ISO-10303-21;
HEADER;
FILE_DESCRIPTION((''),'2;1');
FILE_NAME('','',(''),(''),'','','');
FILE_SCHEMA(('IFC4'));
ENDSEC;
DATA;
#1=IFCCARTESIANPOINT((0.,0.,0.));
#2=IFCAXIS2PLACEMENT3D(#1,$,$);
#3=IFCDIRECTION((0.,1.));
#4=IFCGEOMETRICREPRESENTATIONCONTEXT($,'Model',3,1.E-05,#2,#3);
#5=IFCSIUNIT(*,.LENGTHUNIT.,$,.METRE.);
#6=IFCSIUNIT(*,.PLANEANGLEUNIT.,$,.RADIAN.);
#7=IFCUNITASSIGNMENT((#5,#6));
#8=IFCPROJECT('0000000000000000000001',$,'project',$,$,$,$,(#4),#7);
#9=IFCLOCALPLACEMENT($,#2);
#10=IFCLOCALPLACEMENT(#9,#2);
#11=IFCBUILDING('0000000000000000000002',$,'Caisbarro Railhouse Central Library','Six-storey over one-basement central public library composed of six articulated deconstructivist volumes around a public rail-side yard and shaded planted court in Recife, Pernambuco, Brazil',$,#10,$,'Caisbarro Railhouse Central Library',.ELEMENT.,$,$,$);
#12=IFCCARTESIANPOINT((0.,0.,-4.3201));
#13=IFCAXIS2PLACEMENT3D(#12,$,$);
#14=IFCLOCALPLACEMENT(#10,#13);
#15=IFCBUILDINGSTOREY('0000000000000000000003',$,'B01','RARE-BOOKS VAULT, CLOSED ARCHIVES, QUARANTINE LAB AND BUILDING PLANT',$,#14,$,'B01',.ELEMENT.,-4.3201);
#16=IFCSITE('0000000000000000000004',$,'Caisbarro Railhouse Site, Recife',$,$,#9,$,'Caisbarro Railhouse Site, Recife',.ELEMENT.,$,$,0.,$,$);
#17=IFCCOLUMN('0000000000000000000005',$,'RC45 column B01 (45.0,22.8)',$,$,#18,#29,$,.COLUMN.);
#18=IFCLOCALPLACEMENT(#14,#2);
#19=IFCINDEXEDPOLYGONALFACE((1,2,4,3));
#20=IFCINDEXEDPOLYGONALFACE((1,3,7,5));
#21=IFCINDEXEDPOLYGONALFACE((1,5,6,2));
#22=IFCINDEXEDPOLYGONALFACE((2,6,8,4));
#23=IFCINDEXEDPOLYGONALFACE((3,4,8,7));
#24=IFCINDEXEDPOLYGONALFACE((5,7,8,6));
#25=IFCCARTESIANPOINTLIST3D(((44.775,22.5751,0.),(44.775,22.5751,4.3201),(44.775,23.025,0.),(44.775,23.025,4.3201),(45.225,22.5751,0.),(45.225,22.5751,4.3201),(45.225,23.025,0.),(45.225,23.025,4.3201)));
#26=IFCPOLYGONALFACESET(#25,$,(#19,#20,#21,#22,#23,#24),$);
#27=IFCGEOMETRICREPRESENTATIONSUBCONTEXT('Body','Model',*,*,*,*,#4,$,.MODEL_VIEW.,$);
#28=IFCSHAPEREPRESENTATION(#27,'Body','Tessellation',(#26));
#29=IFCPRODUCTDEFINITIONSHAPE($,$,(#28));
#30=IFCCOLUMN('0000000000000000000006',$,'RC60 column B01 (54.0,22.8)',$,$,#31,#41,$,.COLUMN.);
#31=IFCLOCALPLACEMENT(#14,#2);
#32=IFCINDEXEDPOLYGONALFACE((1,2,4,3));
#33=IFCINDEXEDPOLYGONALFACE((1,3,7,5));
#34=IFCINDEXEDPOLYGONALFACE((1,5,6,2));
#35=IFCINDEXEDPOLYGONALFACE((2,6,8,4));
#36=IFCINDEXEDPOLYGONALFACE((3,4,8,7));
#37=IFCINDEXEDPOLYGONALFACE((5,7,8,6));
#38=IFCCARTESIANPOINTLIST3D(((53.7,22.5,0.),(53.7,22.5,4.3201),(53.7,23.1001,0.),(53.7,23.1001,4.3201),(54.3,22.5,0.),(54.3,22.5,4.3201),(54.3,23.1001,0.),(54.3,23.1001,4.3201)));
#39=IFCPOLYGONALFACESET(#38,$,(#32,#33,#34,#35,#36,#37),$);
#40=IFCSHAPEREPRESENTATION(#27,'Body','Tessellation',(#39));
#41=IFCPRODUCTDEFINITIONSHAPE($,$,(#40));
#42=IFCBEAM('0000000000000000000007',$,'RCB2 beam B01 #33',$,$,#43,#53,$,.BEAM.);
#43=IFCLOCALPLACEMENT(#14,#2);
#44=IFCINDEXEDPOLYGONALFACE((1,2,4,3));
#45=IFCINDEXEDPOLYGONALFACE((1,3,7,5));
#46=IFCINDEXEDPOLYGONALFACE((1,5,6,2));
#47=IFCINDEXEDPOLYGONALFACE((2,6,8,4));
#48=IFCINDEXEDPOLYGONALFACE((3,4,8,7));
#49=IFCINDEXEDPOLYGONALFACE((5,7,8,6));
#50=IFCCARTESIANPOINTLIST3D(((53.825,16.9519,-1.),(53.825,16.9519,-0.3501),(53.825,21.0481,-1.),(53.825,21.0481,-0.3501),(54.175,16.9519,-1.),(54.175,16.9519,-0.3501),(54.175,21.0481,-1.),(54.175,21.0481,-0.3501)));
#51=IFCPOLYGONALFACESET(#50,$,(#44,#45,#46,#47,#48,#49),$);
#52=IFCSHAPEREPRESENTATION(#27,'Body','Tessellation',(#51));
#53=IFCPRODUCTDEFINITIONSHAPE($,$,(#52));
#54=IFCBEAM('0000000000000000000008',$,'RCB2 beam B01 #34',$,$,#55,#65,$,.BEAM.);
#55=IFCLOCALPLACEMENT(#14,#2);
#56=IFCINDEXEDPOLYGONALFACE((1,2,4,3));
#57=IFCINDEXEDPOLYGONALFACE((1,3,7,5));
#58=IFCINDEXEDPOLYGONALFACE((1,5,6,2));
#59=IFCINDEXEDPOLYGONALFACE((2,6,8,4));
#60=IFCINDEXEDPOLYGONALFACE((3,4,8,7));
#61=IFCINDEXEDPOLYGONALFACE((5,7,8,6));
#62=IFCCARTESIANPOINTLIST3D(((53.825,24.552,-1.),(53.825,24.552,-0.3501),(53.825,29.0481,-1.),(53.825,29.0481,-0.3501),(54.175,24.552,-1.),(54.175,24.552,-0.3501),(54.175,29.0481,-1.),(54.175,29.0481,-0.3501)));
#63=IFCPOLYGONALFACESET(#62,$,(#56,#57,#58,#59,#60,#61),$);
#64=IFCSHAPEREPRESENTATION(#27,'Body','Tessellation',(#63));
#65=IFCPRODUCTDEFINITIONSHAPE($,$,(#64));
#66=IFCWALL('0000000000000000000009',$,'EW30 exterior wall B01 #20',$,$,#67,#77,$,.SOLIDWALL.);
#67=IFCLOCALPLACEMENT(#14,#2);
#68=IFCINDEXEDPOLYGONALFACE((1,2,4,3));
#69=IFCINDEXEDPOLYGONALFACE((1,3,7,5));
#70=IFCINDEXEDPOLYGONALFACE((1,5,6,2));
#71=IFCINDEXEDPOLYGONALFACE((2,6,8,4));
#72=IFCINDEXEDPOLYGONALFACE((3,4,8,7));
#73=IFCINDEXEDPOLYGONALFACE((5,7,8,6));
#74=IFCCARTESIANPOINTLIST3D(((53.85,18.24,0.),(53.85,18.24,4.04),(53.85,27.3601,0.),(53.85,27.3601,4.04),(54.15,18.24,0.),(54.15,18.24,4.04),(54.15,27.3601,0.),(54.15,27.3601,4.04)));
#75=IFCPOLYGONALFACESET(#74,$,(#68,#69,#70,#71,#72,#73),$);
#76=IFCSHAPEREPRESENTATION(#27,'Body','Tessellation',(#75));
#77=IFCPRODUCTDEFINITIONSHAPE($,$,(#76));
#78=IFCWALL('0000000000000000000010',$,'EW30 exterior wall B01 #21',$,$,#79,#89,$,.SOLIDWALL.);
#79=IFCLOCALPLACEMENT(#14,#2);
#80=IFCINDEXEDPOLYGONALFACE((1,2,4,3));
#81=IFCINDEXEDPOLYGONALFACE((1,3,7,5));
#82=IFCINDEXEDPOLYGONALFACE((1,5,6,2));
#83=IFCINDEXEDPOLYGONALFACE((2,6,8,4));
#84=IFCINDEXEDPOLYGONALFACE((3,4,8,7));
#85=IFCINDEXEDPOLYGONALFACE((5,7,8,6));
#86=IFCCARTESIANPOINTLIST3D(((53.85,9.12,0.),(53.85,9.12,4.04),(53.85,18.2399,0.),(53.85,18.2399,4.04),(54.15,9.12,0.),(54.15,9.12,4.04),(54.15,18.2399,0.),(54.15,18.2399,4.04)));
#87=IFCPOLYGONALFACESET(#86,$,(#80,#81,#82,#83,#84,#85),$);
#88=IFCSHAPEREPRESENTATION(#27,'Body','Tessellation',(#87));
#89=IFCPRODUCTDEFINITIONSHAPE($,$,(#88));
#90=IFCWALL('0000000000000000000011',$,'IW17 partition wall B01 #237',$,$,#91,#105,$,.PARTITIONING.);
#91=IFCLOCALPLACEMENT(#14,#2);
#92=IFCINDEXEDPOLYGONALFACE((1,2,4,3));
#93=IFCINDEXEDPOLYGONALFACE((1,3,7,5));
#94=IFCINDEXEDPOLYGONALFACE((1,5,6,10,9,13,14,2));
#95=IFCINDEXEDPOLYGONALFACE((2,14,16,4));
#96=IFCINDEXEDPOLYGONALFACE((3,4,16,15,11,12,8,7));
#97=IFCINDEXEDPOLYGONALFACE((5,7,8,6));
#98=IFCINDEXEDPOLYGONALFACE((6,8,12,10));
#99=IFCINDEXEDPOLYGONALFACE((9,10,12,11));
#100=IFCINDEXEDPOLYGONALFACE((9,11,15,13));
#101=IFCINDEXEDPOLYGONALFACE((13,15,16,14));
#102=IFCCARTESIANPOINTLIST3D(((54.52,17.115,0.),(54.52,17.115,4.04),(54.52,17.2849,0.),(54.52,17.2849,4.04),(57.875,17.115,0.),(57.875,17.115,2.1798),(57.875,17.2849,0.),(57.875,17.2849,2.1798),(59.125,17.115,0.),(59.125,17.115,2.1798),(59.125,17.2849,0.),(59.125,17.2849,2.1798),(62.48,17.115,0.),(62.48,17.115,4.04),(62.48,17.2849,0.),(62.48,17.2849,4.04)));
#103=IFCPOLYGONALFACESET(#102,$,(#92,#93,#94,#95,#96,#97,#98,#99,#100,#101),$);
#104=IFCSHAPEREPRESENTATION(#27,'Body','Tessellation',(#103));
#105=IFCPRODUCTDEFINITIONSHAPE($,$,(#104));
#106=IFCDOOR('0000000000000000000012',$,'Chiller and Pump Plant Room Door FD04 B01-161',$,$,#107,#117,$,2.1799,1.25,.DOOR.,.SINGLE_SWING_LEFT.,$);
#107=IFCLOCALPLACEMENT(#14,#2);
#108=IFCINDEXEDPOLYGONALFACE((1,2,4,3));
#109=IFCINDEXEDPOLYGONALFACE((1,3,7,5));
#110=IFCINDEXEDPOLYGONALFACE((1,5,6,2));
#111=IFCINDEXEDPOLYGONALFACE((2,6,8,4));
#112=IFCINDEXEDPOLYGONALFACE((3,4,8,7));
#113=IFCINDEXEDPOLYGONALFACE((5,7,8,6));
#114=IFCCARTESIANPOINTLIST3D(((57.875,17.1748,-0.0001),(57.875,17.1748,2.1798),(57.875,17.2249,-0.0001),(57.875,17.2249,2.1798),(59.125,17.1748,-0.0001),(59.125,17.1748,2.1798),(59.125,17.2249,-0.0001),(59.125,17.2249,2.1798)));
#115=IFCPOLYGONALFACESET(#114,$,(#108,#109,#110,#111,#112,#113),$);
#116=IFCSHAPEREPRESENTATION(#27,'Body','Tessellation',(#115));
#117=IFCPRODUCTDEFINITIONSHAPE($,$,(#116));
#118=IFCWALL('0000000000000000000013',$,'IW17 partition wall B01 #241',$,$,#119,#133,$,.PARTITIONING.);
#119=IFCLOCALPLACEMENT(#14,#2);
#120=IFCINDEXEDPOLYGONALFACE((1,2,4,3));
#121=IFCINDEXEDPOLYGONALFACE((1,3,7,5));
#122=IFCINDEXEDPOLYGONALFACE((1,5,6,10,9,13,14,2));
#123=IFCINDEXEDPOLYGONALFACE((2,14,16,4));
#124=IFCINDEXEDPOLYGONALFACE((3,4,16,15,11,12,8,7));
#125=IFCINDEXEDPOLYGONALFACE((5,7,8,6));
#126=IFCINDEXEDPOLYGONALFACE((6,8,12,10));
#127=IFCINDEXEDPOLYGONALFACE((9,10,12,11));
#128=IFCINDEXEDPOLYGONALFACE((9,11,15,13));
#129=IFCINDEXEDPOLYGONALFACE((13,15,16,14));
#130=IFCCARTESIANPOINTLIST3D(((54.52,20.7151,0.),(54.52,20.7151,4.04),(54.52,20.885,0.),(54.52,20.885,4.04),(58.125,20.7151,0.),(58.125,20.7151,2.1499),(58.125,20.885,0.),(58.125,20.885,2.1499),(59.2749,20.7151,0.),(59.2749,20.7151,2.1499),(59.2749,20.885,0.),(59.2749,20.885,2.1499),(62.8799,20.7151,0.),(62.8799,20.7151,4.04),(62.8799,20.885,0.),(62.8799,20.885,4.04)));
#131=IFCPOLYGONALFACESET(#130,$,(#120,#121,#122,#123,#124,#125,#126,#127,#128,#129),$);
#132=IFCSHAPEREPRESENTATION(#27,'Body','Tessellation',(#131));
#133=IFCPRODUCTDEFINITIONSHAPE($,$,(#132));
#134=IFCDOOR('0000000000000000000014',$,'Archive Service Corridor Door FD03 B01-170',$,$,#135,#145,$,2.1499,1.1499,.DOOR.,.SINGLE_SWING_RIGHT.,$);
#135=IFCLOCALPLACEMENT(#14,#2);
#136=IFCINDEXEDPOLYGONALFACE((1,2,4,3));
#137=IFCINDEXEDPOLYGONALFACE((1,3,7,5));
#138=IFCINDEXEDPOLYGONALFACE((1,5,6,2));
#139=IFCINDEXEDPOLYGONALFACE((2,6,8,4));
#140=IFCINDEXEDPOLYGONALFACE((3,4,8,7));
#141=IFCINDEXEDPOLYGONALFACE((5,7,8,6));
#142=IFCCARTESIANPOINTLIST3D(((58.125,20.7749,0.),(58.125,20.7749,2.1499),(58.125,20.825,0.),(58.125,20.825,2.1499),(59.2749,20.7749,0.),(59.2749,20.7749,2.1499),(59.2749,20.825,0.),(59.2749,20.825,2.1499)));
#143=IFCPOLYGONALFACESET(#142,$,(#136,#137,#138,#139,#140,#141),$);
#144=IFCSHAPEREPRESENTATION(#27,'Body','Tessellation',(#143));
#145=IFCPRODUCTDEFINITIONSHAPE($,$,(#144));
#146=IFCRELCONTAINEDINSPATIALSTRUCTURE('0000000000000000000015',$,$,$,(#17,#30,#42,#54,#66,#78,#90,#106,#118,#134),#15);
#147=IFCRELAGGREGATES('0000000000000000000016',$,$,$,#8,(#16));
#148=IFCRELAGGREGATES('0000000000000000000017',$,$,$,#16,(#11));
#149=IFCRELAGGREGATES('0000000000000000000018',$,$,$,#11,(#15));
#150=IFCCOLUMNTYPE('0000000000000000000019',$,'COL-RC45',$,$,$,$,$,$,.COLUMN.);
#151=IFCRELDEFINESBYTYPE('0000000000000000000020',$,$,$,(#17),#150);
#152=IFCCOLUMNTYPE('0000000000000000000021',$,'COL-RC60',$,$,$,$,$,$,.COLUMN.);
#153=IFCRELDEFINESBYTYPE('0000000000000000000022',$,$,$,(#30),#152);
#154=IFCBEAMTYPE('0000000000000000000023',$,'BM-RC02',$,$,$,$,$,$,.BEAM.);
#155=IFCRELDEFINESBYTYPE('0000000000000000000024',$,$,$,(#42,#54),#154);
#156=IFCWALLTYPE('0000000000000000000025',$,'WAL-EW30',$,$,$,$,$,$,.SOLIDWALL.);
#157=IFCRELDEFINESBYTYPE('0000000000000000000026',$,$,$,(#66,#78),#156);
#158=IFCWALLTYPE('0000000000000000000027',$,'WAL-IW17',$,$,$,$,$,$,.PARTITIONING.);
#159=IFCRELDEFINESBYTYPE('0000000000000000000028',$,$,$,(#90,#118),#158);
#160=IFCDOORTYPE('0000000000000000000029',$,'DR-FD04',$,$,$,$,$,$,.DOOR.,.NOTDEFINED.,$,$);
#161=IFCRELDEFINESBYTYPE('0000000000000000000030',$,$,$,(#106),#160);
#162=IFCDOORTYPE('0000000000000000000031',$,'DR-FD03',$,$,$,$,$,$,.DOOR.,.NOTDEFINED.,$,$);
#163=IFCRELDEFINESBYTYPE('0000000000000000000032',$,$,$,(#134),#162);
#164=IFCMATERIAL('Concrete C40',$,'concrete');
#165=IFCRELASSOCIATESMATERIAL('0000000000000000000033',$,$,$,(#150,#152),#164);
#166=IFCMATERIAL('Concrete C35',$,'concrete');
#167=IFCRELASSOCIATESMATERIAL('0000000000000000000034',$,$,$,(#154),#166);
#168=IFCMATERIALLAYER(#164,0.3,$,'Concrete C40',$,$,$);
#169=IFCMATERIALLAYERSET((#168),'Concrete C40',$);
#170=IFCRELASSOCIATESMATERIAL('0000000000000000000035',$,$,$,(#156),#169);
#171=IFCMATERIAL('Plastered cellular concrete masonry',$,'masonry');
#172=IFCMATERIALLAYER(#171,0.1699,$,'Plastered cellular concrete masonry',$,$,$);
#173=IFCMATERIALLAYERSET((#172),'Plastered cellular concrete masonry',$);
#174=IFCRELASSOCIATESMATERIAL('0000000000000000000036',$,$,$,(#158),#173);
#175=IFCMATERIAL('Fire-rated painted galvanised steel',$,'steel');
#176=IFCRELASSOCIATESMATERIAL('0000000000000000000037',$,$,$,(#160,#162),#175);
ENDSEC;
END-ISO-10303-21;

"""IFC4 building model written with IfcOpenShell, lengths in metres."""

from ifc_helpers import new_model, si_unit, direction, frame, frame_2d, origin, origin_2d, place, context, subcontext, project, spatial, rectangle, extrude, material, layer, layer_set, material_profile, profile_set, type_object, element, fill, save


model = new_model("IFC4")

# Units and contexts
model_context = context("Model", 3, precision=1e-05, world=origin(), true_north=direction((0.0, 1.0)))
body_context = subcontext(model_context, "Body", "Model", "MODEL_VIEW")
ifc_project = project(units=[si_unit("LENGTHUNIT", "METRE"), si_unit("PLANEANGLEUNIT", "RADIAN")], contexts=[model_context])

# Site, building, storey
site_placement = place(None, origin())
site = spatial("IfcSite", under=ifc_project, at=site_placement, Name="Caisbarro Railhouse Site, Recife", LongName="Caisbarro Railhouse Site, Recife", CompositionType="ELEMENT", RefElevation=0.0)
building_placement = place(site_placement, origin())
building = spatial("IfcBuilding", under=site, at=building_placement, Name="Caisbarro Railhouse Central Library", Description="Six-storey over one-basement central public library composed of six articulated deconstructivist volumes around a public rail-side yard and shaded planted court in Recife, Pernambuco, Brazil", LongName="Caisbarro Railhouse Central Library", CompositionType="ELEMENT")
storey_placement = place(building_placement, frame((0.0, 0.0, -4.3201)))
storey = spatial("IfcBuildingStorey", under=building, at=storey_placement, Name="B01", Description="RARE-BOOKS VAULT, CLOSED ARCHIVES, QUARANTINE LAB AND BUILDING PLANT", LongName="B01", CompositionType="ELEMENT", Elevation=-4.3201)

# Shared definitions
ifc_material_1 = material(Name="Concrete C35", Category="concrete")
ifc_material_2 = material(Name="Concrete C40", Category="concrete")

# Columns
ifc_material_profile_1 = material_profile(ifc_material_2, rectangle(XDim=0.45, YDim=0.45, at=origin_2d()), Name="RC-COL-450X450")
ifc_profile_set_1 = profile_set([ifc_material_profile_1], Name="Concrete C40")
column_type_1 = type_object("IfcColumnType", Name="COL-RC45", PredefinedType="COLUMN", material=ifc_profile_set_1)
column_1_placement = place(storey_placement, frame((45.0, 22.8, 0.0), z_axis=(0.0, 0.0, 1.0), x_axis=(1.0, 0.0, 0.0)))
element("IfcColumn", 1, at=column_1_placement, inside=storey, type_object=column_type_1, Name="RC45 column B01 (45.0,22.8)", PredefinedType="COLUMN", context=body_context, shape_type="SweptSolid", body=[
    extrude(rectangle(XDim=0.45, YDim=0.45, at=origin_2d()), origin(), (0.0, 0.0, 1.0), 4.3201),
])
ifc_material_profile_2 = material_profile(ifc_material_2, rectangle(XDim=0.6001, YDim=0.6001, at=origin_2d()), Name="RC-COL-600X600")
ifc_profile_set_2 = profile_set([ifc_material_profile_2], Name="Concrete C40")
column_type_2 = type_object("IfcColumnType", Name="COL-RC60", PredefinedType="COLUMN", material=ifc_profile_set_2)
column_2_placement = place(storey_placement, frame((54.0, 22.8, 0.0), z_axis=(0.0, 0.0, 1.0), x_axis=(1.0, 0.0, 0.0)))
element("IfcColumn", 2, at=column_2_placement, inside=storey, type_object=column_type_2, Name="RC60 column B01 (54.0,22.8)", PredefinedType="COLUMN", context=body_context, shape_type="SweptSolid", body=[
    extrude(rectangle(XDim=0.6001, YDim=0.6001, at=origin_2d()), origin(), (0.0, 0.0, 1.0), 4.3201),
])

# Beams
ifc_material_profile_3 = material_profile(ifc_material_1, rectangle(XDim=0.3501, YDim=0.6499, at=origin_2d()), Name="RC-BM-350X650")
ifc_profile_set_3 = profile_set([ifc_material_profile_3], Name="Concrete C35")
beam_type = type_object("IfcBeamType", Name="BM-RC02", PredefinedType="BEAM", material=ifc_profile_set_3)
beam_1_placement = place(storey_placement, frame((54.0, 16.9519, -0.675), z_axis=(0.0, 1.0, 0.0), x_axis=(-1.0, 0.0, 0.0)))
element("IfcBeam", 3, at=beam_1_placement, inside=storey, type_object=beam_type, Name="RCB2 beam B01 #33", PredefinedType="BEAM", context=body_context, shape_type="SweptSolid", body=[
    extrude(rectangle(XDim=0.3501, YDim=0.6499, at=origin_2d()), origin(), (0.0, 0.0, 1.0), 4.0962),
])
beam_2_placement = place(storey_placement, frame((54.0, 24.552, -0.675), z_axis=(0.0, 1.0, 0.0), x_axis=(-1.0, 0.0, 0.0)))
element("IfcBeam", 4, at=beam_2_placement, inside=storey, type_object=beam_type, Name="RCB2 beam B01 #34", PredefinedType="BEAM", context=body_context, shape_type="SweptSolid", body=[
    extrude(rectangle(XDim=0.3501, YDim=0.6499, at=origin_2d()), origin(), (0.0, 0.0, 1.0), 4.4961),
])

# Walls
ifc_layer_1 = layer(ifc_material_2, 0.3, Name="Concrete C40")
ifc_layer_set_1 = layer_set([ifc_layer_1], Name="Concrete C40")
wall_type_1 = type_object("IfcWallType", Name="WAL-EW30", PredefinedType="SOLIDWALL", material=ifc_layer_set_1)
wall_1_placement = place(storey_placement, frame((54.0, 27.3601, 0.0), z_axis=(0.0, 0.0, 1.0), x_axis=(0.0, -1.0, 0.0)))
element("IfcWall", 5, at=wall_1_placement, inside=storey, type_object=wall_type_1, Name="EW30 exterior wall B01 #20", PredefinedType="SOLIDWALL", context=body_context, shape_type="SweptSolid", body=[
    extrude(rectangle(XDim=9.1201, YDim=0.3, at=frame_2d((4.5601, 0.0))), origin(), (0.0, 0.0, 1.0), 4.04),
])
wall_2_placement = place(storey_placement, frame((54.0, 18.24, 0.0), z_axis=(0.0, 0.0, 1.0), x_axis=(0.0, -1.0, 0.0)))
element("IfcWall", 6, at=wall_2_placement, inside=storey, type_object=wall_type_1, Name="EW30 exterior wall B01 #21", PredefinedType="SOLIDWALL", context=body_context, shape_type="SweptSolid", body=[
    extrude(rectangle(XDim=9.1199, YDim=0.3, at=frame_2d((4.5601, 0.0))), origin(), (0.0, 0.0, 1.0), 4.04),
])

# Walls, openings, doors
ifc_material_3 = material(Name="Plastered cellular concrete masonry", Category="masonry")
ifc_layer_2 = layer(ifc_material_3, 0.1699, Name="Plastered cellular concrete masonry")
ifc_layer_set_2 = layer_set([ifc_layer_2], Name="Plastered cellular concrete masonry")
wall_type_2 = type_object("IfcWallType", Name="WAL-IW17", PredefinedType="PARTITIONING", material=ifc_layer_set_2)
wall_3_placement = place(storey_placement, frame((54.52, 17.2, 0.0), z_axis=(0.0, 0.0, 1.0), x_axis=(1.0, 0.0, 0.0)))
wall_3 = element("IfcWall", 7, at=wall_3_placement, inside=storey, type_object=wall_type_2, Name="IW17 partition wall B01 #237", PredefinedType="PARTITIONING", context=body_context, shape_type="SweptSolid", body=[
    extrude(rectangle(XDim=7.96, YDim=0.1699, at=frame_2d((3.98, 0.0))), origin(), (0.0, 0.0, 1.0), 4.04),
])
opening_1_placement = place(wall_3_placement, frame((3.355, 0.0, 0.0)))
opening_1 = element("IfcOpeningElement", 8, at=opening_1_placement, cuts=wall_3, PredefinedType="OPENING", context=body_context, shape_type="SweptSolid", body=[
    extrude(rectangle(XDim=1.25, YDim=2.1799, at=frame_2d((0.625, 1.0898))), frame((0.0, 0.095, 0.0), z_axis=(0.0, -1.0, 0.0), x_axis=(1.0, 0.0, 0.0)), (0.0, 0.0, 1.0), 0.1899),
])
ifc_material_4 = material(Name="Fire-rated painted galvanised steel", Category="steel")
door_type_1 = type_object("IfcDoorType", Name="DR-FD04", OperationType="NOTDEFINED", PredefinedType="DOOR", material=ifc_material_4)
door_1_placement = place(opening_1_placement, origin())
door_1 = element("IfcDoor", 9, at=door_1_placement, inside=storey, type_object=door_type_1, Name="Chiller and Pump Plant Room Door FD04 B01-161", OperationType="SINGLE_SWING_LEFT", OverallHeight=2.1799, OverallWidth=1.25, PredefinedType="DOOR", context=body_context, shape_type="SweptSolid", body=[
    extrude(rectangle(XDim=1.25, YDim=2.1799, at=frame_2d((0.625, 1.0898))), frame((0.0, 0.0249, 0.0), z_axis=(0.0, -1.0, 0.0), x_axis=(1.0, 0.0, 0.0)), (0.0, 0.0, 1.0), 0.05),
])
fill(opening_1, door_1)
wall_4_placement = place(storey_placement, frame((54.52, 20.8, 0.0), z_axis=(0.0, 0.0, 1.0), x_axis=(1.0, 0.0, 0.0)))
wall_4 = element("IfcWall", 10, at=wall_4_placement, inside=storey, type_object=wall_type_2, Name="IW17 partition wall B01 #241", PredefinedType="PARTITIONING", context=body_context, shape_type="SweptSolid", body=[
    extrude(rectangle(XDim=8.3599, YDim=0.1699, at=frame_2d((4.1799, 0.0))), origin(), (0.0, 0.0, 1.0), 4.04),
])
opening_2_placement = place(wall_4_placement, frame((3.605, 0.0, 0.0)))
opening_2 = element("IfcOpeningElement", 11, at=opening_2_placement, cuts=wall_4, PredefinedType="OPENING", context=body_context, shape_type="SweptSolid", body=[
    extrude(rectangle(XDim=1.1499, YDim=2.1499, at=frame_2d((0.575, 1.075))), frame((0.0, 0.095, 0.0), z_axis=(0.0, -1.0, 0.0), x_axis=(1.0, 0.0, 0.0)), (0.0, 0.0, 1.0), 0.1899),
])
door_type_2 = type_object("IfcDoorType", Name="DR-FD03", OperationType="NOTDEFINED", PredefinedType="DOOR", material=ifc_material_4)
door_2_placement = place(opening_2_placement, origin())
door_2 = element("IfcDoor", 12, at=door_2_placement, inside=storey, type_object=door_type_2, Name="Archive Service Corridor Door FD03 B01-170", OperationType="SINGLE_SWING_RIGHT", OverallHeight=2.1499, OverallWidth=1.1499, PredefinedType="DOOR", context=body_context, shape_type="SweptSolid", body=[
    extrude(rectangle(XDim=1.1499, YDim=2.1499, at=frame_2d((0.575, 1.075))), frame((0.0, 0.0249, 0.0), z_axis=(0.0, -1.0, 0.0), x_axis=(1.0, 0.0, 0.0)), (0.0, 0.0, 1.0), 0.05),
])
fill(opening_2, door_2)

save(model, "model.ifc")
